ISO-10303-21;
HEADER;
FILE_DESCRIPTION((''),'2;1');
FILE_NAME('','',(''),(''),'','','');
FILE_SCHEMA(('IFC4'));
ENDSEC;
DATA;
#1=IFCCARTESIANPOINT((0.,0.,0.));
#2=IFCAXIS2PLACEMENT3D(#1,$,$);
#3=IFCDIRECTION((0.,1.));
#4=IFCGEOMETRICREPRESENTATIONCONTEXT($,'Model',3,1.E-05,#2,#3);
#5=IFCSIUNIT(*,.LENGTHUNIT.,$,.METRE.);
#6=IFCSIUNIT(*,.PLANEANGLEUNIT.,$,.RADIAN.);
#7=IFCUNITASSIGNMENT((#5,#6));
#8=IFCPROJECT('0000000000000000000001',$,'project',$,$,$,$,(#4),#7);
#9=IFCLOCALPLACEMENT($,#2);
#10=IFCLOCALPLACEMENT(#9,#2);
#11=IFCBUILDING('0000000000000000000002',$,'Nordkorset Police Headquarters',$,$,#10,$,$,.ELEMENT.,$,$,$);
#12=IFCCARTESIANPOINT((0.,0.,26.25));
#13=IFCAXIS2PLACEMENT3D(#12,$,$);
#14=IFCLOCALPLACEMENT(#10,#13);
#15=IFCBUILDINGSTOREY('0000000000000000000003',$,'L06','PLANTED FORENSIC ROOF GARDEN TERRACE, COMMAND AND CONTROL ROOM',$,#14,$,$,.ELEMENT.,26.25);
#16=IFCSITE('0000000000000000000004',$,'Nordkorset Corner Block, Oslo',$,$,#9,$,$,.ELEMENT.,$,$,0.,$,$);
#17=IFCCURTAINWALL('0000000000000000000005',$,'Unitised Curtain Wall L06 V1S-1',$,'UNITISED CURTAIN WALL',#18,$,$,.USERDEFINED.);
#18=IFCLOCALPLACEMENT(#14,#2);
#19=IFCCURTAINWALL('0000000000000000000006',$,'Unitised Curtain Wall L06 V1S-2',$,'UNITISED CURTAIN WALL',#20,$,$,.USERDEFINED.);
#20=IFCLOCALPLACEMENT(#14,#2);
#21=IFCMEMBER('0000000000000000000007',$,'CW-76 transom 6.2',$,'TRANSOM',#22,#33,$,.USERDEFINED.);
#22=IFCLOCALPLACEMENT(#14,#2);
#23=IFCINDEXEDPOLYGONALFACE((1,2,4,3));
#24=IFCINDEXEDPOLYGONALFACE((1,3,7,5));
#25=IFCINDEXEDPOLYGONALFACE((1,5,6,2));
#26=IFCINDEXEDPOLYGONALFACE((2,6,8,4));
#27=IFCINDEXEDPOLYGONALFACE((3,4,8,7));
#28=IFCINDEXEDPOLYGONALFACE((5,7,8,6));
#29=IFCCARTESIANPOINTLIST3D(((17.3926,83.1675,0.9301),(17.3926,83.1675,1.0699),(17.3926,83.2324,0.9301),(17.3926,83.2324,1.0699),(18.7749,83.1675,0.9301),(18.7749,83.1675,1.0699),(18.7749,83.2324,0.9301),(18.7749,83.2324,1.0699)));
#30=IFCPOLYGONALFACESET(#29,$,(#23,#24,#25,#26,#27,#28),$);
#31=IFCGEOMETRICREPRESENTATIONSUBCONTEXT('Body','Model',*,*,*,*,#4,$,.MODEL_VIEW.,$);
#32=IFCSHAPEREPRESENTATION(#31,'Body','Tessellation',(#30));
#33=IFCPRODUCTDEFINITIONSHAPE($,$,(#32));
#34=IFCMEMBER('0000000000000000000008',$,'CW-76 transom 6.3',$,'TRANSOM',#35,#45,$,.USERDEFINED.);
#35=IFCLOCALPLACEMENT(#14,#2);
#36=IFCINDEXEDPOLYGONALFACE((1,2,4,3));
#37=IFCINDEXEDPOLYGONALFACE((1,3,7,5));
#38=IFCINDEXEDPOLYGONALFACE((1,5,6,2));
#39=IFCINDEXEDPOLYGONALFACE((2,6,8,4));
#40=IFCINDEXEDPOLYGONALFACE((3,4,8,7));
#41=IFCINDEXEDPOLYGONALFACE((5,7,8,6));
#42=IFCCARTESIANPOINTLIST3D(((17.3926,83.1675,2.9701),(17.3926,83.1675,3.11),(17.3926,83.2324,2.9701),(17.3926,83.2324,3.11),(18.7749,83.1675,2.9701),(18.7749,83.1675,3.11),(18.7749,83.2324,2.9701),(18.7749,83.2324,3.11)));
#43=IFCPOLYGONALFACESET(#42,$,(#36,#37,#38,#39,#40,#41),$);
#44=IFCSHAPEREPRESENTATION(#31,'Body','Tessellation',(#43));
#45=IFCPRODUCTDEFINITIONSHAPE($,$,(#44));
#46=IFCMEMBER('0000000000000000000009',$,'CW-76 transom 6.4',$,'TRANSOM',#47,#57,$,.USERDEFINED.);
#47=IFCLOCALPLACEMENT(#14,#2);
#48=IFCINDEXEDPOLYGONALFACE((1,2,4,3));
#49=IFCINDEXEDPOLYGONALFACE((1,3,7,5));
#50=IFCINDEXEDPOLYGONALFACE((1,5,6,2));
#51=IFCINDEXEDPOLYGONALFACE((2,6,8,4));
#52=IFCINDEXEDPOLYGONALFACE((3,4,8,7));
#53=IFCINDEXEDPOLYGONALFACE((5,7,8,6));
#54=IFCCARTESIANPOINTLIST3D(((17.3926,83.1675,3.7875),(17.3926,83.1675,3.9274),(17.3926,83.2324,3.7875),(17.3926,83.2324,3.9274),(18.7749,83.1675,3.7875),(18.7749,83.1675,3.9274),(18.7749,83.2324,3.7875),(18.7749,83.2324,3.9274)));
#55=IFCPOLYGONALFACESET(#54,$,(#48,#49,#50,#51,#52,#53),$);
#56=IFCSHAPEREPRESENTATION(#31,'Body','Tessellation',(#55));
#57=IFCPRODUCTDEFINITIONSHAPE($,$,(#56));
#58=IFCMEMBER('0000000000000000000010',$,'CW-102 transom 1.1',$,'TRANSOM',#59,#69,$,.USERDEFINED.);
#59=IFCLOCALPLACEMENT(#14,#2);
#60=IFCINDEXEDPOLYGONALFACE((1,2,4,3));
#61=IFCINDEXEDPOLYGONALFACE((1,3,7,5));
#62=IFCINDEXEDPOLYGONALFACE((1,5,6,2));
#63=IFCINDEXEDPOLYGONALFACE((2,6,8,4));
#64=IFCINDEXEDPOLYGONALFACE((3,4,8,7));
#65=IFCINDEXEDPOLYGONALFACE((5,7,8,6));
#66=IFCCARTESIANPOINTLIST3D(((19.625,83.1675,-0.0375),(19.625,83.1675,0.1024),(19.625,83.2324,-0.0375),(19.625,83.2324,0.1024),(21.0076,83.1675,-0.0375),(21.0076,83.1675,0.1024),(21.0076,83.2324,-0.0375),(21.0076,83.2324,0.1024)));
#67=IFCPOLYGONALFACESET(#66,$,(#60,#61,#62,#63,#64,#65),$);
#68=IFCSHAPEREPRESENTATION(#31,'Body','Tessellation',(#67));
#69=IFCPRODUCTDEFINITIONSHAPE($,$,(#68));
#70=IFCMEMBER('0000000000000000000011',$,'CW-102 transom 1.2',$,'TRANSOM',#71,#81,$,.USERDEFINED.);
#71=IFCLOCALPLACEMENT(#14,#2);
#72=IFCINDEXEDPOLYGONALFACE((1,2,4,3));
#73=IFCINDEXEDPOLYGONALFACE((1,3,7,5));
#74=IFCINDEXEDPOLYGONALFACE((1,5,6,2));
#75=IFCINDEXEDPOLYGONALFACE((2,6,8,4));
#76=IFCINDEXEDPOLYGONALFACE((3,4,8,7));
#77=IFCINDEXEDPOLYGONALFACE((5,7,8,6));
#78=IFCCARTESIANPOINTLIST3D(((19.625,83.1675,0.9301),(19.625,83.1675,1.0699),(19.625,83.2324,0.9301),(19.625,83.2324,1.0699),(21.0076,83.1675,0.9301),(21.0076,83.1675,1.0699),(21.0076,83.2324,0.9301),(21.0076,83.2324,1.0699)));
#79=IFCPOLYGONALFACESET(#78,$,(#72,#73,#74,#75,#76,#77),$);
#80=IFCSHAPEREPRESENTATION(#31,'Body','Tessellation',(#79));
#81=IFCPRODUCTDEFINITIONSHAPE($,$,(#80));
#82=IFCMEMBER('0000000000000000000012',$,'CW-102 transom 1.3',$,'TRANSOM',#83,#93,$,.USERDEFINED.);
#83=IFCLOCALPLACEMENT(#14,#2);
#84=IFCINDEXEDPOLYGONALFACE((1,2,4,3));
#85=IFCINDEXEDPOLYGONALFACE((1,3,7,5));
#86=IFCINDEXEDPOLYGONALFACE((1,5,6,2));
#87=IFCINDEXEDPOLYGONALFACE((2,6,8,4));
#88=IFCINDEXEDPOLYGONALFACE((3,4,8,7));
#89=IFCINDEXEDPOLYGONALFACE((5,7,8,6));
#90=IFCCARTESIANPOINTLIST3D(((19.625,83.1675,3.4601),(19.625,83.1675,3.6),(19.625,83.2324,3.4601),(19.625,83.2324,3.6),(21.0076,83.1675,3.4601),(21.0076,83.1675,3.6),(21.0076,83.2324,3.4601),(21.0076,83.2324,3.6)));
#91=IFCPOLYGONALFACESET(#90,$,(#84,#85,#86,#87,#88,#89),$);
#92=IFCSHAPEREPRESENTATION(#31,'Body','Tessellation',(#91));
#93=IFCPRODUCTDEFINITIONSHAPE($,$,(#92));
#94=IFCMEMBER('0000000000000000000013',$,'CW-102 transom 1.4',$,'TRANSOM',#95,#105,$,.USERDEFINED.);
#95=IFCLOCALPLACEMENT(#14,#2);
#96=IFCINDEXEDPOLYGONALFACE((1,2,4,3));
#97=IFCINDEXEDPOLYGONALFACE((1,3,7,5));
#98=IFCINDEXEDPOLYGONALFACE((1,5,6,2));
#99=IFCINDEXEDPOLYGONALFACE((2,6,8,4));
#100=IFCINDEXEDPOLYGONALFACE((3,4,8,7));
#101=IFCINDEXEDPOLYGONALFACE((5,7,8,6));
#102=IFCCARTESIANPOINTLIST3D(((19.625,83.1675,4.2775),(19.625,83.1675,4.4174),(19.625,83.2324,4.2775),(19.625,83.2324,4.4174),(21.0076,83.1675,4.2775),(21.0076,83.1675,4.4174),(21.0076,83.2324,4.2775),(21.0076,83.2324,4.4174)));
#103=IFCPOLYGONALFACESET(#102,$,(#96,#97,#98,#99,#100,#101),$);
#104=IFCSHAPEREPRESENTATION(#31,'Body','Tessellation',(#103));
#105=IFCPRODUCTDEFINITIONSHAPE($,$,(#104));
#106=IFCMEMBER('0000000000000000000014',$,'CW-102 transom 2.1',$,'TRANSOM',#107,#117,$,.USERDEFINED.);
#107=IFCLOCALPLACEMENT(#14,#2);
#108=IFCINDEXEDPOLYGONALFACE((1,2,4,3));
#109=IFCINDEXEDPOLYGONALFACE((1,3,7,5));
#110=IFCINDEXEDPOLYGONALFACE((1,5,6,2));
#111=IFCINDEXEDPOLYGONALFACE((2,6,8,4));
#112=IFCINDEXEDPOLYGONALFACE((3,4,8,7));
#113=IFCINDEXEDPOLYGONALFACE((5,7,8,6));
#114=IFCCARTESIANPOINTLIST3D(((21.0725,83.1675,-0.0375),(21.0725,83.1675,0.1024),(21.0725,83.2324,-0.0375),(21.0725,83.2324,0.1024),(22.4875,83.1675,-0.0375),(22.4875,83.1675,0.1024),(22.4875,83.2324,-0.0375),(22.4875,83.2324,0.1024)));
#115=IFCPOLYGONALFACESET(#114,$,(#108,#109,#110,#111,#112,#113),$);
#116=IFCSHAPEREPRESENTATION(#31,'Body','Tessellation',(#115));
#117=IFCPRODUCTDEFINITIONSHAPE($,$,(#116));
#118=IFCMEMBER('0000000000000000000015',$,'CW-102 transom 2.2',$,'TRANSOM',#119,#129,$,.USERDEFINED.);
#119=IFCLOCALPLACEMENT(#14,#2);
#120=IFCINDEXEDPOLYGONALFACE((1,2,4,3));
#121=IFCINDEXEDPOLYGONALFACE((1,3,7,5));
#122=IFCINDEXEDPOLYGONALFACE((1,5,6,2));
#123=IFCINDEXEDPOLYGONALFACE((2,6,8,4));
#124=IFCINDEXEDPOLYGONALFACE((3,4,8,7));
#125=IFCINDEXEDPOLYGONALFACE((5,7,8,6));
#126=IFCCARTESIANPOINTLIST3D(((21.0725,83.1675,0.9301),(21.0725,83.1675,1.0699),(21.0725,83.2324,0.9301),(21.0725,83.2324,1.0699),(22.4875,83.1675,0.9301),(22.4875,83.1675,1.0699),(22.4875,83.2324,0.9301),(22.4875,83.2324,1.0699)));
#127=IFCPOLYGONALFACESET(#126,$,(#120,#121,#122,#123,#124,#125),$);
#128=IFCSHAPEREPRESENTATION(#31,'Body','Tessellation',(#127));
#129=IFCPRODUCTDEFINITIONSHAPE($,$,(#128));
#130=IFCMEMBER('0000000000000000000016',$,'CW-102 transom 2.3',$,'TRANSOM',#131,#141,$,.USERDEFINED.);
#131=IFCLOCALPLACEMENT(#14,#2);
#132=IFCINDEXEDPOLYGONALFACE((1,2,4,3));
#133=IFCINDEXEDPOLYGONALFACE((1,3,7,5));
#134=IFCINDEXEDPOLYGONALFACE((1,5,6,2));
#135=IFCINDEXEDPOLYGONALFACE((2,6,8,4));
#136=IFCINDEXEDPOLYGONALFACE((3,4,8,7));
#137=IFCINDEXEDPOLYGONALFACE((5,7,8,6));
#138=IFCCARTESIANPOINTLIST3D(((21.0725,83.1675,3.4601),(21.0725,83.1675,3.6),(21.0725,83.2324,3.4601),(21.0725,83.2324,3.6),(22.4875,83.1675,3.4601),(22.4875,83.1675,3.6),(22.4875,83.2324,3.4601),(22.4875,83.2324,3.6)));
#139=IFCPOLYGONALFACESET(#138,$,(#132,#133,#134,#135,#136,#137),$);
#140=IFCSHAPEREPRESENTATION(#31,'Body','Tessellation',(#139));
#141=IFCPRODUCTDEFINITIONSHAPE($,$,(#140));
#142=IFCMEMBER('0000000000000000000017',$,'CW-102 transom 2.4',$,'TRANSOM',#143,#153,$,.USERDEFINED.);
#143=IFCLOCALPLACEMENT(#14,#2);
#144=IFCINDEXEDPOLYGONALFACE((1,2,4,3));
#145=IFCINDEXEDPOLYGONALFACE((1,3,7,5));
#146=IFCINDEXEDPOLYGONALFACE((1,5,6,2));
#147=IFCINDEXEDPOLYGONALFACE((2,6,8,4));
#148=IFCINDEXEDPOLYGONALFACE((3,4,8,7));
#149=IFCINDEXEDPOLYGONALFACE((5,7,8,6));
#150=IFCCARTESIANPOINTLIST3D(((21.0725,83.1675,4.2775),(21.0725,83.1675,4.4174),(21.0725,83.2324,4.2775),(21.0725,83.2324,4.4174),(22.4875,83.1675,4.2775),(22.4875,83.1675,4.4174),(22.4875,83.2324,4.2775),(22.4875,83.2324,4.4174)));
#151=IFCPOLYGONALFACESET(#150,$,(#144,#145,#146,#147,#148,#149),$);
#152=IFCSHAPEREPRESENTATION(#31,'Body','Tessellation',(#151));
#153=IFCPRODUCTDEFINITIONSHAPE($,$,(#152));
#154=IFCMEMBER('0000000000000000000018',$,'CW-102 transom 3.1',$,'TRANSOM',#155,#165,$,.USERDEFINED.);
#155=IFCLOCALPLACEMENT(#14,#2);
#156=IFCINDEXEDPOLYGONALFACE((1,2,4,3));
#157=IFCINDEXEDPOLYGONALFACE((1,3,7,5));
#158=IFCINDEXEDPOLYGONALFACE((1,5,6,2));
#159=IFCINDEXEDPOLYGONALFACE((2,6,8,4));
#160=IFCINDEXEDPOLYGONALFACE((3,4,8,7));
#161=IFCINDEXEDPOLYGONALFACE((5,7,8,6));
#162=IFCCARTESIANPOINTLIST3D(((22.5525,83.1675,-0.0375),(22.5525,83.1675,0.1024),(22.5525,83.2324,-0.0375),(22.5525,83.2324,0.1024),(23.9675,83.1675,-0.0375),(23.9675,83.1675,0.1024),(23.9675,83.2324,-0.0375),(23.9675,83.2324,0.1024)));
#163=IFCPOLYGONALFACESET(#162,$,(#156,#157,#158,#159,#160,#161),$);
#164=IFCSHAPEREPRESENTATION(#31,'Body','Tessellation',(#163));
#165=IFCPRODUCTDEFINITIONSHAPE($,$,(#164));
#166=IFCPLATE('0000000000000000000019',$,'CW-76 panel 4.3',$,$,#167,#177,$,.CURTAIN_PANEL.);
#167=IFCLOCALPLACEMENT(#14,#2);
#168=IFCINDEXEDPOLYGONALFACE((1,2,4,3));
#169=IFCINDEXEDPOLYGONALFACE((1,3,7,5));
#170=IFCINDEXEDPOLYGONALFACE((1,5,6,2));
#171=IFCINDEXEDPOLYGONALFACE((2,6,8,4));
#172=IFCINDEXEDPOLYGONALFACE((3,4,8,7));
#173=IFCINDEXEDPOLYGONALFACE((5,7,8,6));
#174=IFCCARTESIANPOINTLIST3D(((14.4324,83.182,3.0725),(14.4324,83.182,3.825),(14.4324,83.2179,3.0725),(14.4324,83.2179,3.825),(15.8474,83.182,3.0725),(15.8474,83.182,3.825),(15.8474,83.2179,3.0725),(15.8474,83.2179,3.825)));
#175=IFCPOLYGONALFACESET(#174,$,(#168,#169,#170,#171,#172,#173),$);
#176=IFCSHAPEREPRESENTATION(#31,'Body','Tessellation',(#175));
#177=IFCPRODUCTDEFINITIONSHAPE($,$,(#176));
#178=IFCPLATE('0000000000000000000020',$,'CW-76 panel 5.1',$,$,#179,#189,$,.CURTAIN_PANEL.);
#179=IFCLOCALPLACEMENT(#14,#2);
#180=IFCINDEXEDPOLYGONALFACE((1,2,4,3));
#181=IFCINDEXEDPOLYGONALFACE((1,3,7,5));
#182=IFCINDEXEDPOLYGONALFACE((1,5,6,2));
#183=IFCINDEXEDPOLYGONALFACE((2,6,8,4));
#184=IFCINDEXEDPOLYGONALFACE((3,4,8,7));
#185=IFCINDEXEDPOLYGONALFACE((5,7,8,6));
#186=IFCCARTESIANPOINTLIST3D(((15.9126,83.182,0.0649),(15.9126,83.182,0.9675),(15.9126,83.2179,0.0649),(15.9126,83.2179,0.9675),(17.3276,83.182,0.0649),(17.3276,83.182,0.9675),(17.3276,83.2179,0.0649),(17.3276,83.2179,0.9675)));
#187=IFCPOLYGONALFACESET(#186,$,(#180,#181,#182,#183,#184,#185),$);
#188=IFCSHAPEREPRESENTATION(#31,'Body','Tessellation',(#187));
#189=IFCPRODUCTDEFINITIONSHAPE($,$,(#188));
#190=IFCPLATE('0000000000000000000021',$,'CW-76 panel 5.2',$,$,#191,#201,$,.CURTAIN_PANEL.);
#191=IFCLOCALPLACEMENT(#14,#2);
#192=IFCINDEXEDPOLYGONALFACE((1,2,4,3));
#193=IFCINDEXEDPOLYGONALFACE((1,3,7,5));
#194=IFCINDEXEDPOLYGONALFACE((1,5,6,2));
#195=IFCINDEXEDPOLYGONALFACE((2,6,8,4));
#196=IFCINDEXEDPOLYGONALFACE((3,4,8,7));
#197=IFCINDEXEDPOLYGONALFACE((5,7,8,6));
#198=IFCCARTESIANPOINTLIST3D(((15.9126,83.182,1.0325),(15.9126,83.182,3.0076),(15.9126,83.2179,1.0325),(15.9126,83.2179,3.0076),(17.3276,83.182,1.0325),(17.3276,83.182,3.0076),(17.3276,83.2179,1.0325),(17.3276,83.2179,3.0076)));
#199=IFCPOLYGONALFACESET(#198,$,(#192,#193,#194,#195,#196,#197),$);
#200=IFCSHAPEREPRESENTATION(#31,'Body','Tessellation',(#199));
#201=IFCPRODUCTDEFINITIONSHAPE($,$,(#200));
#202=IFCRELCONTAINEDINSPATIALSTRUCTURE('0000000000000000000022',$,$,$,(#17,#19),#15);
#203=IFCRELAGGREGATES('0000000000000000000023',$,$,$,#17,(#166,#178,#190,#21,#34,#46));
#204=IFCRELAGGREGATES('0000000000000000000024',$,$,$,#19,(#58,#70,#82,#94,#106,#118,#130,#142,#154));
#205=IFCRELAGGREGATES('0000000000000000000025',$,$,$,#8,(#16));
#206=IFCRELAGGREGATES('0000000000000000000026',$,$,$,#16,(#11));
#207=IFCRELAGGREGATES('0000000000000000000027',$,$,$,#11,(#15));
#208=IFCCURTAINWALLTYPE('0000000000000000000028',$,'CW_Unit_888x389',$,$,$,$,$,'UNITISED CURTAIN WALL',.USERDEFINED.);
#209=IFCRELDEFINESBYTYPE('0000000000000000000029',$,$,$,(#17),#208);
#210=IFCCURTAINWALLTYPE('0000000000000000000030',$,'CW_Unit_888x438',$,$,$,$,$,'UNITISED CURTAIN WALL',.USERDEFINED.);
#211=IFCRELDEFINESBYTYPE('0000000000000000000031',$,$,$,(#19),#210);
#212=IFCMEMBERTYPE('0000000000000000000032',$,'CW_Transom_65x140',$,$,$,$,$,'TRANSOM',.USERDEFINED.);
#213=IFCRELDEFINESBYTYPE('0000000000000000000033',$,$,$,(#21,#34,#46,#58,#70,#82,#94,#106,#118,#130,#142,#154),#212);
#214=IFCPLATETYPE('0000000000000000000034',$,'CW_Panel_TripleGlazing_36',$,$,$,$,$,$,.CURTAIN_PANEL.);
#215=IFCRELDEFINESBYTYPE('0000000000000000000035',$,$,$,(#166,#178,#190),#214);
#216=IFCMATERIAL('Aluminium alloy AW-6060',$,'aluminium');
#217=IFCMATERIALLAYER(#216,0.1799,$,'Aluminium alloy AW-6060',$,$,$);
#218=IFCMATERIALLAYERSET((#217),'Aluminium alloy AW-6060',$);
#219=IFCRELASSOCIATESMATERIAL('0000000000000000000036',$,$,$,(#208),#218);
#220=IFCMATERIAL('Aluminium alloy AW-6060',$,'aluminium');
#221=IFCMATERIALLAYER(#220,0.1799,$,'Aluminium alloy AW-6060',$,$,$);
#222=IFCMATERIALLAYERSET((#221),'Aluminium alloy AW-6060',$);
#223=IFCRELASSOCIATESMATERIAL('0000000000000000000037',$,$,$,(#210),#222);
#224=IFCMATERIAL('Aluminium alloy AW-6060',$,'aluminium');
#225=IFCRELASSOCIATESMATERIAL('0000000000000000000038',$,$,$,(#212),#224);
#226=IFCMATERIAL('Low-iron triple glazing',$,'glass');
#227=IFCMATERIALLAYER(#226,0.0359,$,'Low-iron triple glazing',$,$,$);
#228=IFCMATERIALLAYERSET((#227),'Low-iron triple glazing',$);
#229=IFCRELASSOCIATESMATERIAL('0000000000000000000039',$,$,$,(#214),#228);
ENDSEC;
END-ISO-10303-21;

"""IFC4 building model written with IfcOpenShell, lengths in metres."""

from ifc_helpers import new_model, si_unit, direction, frame, origin, origin_2d, place, context, subcontext, project, spatial, rectangle, extrude, material, layer, layer_set, material_profile, profile_set, type_object, element, aggregate, save


model = new_model("IFC4")

# Units and contexts
model_context = context("Model", 3, precision=1e-05, world=origin(), true_north=direction((0.0, 1.0)))
body_context = subcontext(model_context, "Body", "Model", "MODEL_VIEW")
ifc_project = project(units=[si_unit("LENGTHUNIT", "METRE"), si_unit("PLANEANGLEUNIT", "RADIAN")], contexts=[model_context])

# Site, building, storey
site_placement = place(None, origin())
site = spatial("IfcSite", under=ifc_project, at=site_placement, Name="Nordkorset Corner Block, Oslo", CompositionType="ELEMENT", RefElevation=0.0)
building_placement = place(site_placement, origin())
building = spatial("IfcBuilding", under=site, at=building_placement, Name="Nordkorset Police Headquarters", CompositionType="ELEMENT")
storey_placement = place(building_placement, frame((0.0, 0.0, 26.25)))
storey = spatial("IfcBuildingStorey", under=building, at=storey_placement, Name="L06", Description="PLANTED FORENSIC ROOF GARDEN TERRACE, COMMAND AND CONTROL ROOM", CompositionType="ELEMENT", Elevation=26.25)

# Curtain walls
ifc_material_1 = material(Name="Aluminium alloy AW-6060", Category="aluminium")
ifc_layer_1 = layer(ifc_material_1, 0.1799, Name="Aluminium alloy AW-6060")
ifc_layer_set_1 = layer_set([ifc_layer_1], Name="Aluminium alloy AW-6060")
curtain_wall_type_1 = type_object("IfcCurtainWallType", Name="CW_Unit_888x389", ElementType="UNITISED CURTAIN WALL", PredefinedType="USERDEFINED", material=ifc_layer_set_1)
curtain_wall_1_placement = place(storey_placement, origin())
curtain_wall_1 = element("IfcCurtainWall", 1, at=curtain_wall_1_placement, inside=storey, type_object=curtain_wall_type_1, Name="Unitised Curtain Wall L06 V1S-1", ObjectType="UNITISED CURTAIN WALL", PredefinedType="USERDEFINED")
ifc_material_2 = material(Name="Aluminium alloy AW-6060", Category="aluminium")
ifc_layer_2 = layer(ifc_material_2, 0.1799, Name="Aluminium alloy AW-6060")
ifc_layer_set_2 = layer_set([ifc_layer_2], Name="Aluminium alloy AW-6060")
curtain_wall_type_2 = type_object("IfcCurtainWallType", Name="CW_Unit_888x438", ElementType="UNITISED CURTAIN WALL", PredefinedType="USERDEFINED", material=ifc_layer_set_2)
curtain_wall_2_placement = place(storey_placement, origin())
curtain_wall_2 = element("IfcCurtainWall", 2, at=curtain_wall_2_placement, inside=storey, type_object=curtain_wall_type_2, Name="Unitised Curtain Wall L06 V1S-2", ObjectType="UNITISED CURTAIN WALL", PredefinedType="USERDEFINED")

# Members
ifc_material_3 = material(Name="Aluminium alloy AW-6060", Category="aluminium")
ifc_material_profile_1 = material_profile(ifc_material_3, rectangle(XDim=0.0649, YDim=0.1399, at=origin_2d()), Name="ALU TRAN 65x140")
ifc_profile_set_1 = profile_set([ifc_material_profile_1], Name="Aluminium alloy AW-6060")
member_type_1 = type_object("IfcMemberType", Name="CW_Transom_65x140", ElementType="TRANSOM", PredefinedType="USERDEFINED", material=ifc_profile_set_1)
member_1_placement = place(storey_placement, frame((17.3926, 83.2, 1.0), z_axis=(1.0, 0.0, 0.0), x_axis=(0.0, 1.0, 0.0)))
member_1 = element("IfcMember", 3, at=member_1_placement, type_object=member_type_1, Name="CW-76 transom 6.2", ObjectType="TRANSOM", PredefinedType="USERDEFINED", context=body_context, shape_type="SweptSolid", body=[
    extrude(rectangle(XDim=0.0649, YDim=0.1399, at=origin_2d()), origin(), (0.0, 0.0, 1.0), 1.3823),
])
member_2_placement = place(storey_placement, frame((17.3926, 83.2, 3.04), z_axis=(1.0, 0.0, 0.0), x_axis=(0.0, 1.0, 0.0)))
member_2 = element("IfcMember", 4, at=member_2_placement, type_object=member_type_1, Name="CW-76 transom 6.3", ObjectType="TRANSOM", PredefinedType="USERDEFINED", context=body_context, shape_type="SweptSolid", body=[
    extrude(rectangle(XDim=0.0649, YDim=0.1399, at=origin_2d()), origin(), (0.0, 0.0, 1.0), 1.3823),
])
member_3_placement = place(storey_placement, frame((17.3926, 83.2, 3.8574), z_axis=(1.0, 0.0, 0.0), x_axis=(0.0, 1.0, 0.0)))
member_3 = element("IfcMember", 5, at=member_3_placement, type_object=member_type_1, Name="CW-76 transom 6.4", ObjectType="TRANSOM", PredefinedType="USERDEFINED", context=body_context, shape_type="SweptSolid", body=[
    extrude(rectangle(XDim=0.0649, YDim=0.1399, at=origin_2d()), origin(), (0.0, 0.0, 1.0), 1.3823),
])
member_4_placement = place(storey_placement, frame((19.625, 83.2, 0.0325), z_axis=(1.0, 0.0, 0.0), x_axis=(0.0, 1.0, 0.0)))
member_4 = element("IfcMember", 6, at=member_4_placement, type_object=member_type_1, Name="CW-102 transom 1.1", ObjectType="TRANSOM", PredefinedType="USERDEFINED", context=body_context, shape_type="SweptSolid", body=[
    extrude(rectangle(XDim=0.0649, YDim=0.1399, at=origin_2d()), origin(), (0.0, 0.0, 1.0), 1.3826),
])
member_5_placement = place(storey_placement, frame((19.625, 83.2, 1.0), z_axis=(1.0, 0.0, 0.0), x_axis=(0.0, 1.0, 0.0)))
member_5 = element("IfcMember", 7, at=member_5_placement, type_object=member_type_1, Name="CW-102 transom 1.2", ObjectType="TRANSOM", PredefinedType="USERDEFINED", context=body_context, shape_type="SweptSolid", body=[
    extrude(rectangle(XDim=0.0649, YDim=0.1399, at=origin_2d()), origin(), (0.0, 0.0, 1.0), 1.3826),
])
member_6_placement = place(storey_placement, frame((19.625, 83.2, 3.53), z_axis=(1.0, 0.0, 0.0), x_axis=(0.0, 1.0, 0.0)))
member_6 = element("IfcMember", 8, at=member_6_placement, type_object=member_type_1, Name="CW-102 transom 1.3", ObjectType="TRANSOM", PredefinedType="USERDEFINED", context=body_context, shape_type="SweptSolid", body=[
    extrude(rectangle(XDim=0.0649, YDim=0.1399, at=origin_2d()), origin(), (0.0, 0.0, 1.0), 1.3826),
])
member_7_placement = place(storey_placement, frame((19.625, 83.2, 4.3474), z_axis=(1.0, 0.0, 0.0), x_axis=(0.0, 1.0, 0.0)))
member_7 = element("IfcMember", 9, at=member_7_placement, type_object=member_type_1, Name="CW-102 transom 1.4", ObjectType="TRANSOM", PredefinedType="USERDEFINED", context=body_context, shape_type="SweptSolid", body=[
    extrude(rectangle(XDim=0.0649, YDim=0.1399, at=origin_2d()), origin(), (0.0, 0.0, 1.0), 1.3826),
])
member_8_placement = place(storey_placement, frame((21.0725, 83.2, 0.0325), z_axis=(1.0, 0.0, 0.0), x_axis=(0.0, 1.0, 0.0)))
member_8 = element("IfcMember", 10, at=member_8_placement, type_object=member_type_1, Name="CW-102 transom 2.1", ObjectType="TRANSOM", PredefinedType="USERDEFINED", context=body_context, shape_type="SweptSolid", body=[
    extrude(rectangle(XDim=0.0649, YDim=0.1399, at=origin_2d()), origin(), (0.0, 0.0, 1.0), 1.415),
])
member_9_placement = place(storey_placement, frame((21.0725, 83.2, 1.0), z_axis=(1.0, 0.0, 0.0), x_axis=(0.0, 1.0, 0.0)))
member_9 = element("IfcMember", 11, at=member_9_placement, type_object=member_type_1, Name="CW-102 transom 2.2", ObjectType="TRANSOM", PredefinedType="USERDEFINED", context=body_context, shape_type="SweptSolid", body=[
    extrude(rectangle(XDim=0.0649, YDim=0.1399, at=origin_2d()), origin(), (0.0, 0.0, 1.0), 1.415),
])
member_10_placement = place(storey_placement, frame((21.0725, 83.2, 3.53), z_axis=(1.0, 0.0, 0.0), x_axis=(0.0, 1.0, 0.0)))
member_10 = element("IfcMember", 12, at=member_10_placement, type_object=member_type_1, Name="CW-102 transom 2.3", ObjectType="TRANSOM", PredefinedType="USERDEFINED", context=body_context, shape_type="SweptSolid", body=[
    extrude(rectangle(XDim=0.0649, YDim=0.1399, at=origin_2d()), origin(), (0.0, 0.0, 1.0), 1.415),
])
member_11_placement = place(storey_placement, frame((21.0725, 83.2, 4.3474), z_axis=(1.0, 0.0, 0.0), x_axis=(0.0, 1.0, 0.0)))
member_11 = element("IfcMember", 13, at=member_11_placement, type_object=member_type_1, Name="CW-102 transom 2.4", ObjectType="TRANSOM", PredefinedType="USERDEFINED", context=body_context, shape_type="SweptSolid", body=[
    extrude(rectangle(XDim=0.0649, YDim=0.1399, at=origin_2d()), origin(), (0.0, 0.0, 1.0), 1.415),
])
member_12_placement = place(storey_placement, frame((22.5525, 83.2, 0.0325), z_axis=(1.0, 0.0, 0.0), x_axis=(0.0, 1.0, 0.0)))
member_12 = element("IfcMember", 14, at=member_12_placement, type_object=member_type_1, Name="CW-102 transom 3.1", ObjectType="TRANSOM", PredefinedType="USERDEFINED", context=body_context, shape_type="SweptSolid", body=[
    extrude(rectangle(XDim=0.0649, YDim=0.1399, at=origin_2d()), origin(), (0.0, 0.0, 1.0), 1.415),
])

# Plates
ifc_material_4 = material(Name="Low-iron triple glazing", Category="glass")
ifc_layer_3 = layer(ifc_material_4, 0.0359, Name="Low-iron triple glazing")
ifc_layer_set_3 = layer_set([ifc_layer_3], Name="Low-iron triple glazing")
plate_type = type_object("IfcPlateType", Name="CW_Panel_TripleGlazing_36", PredefinedType="CURTAIN_PANEL", material=ifc_layer_set_3)
plate_1_placement = place(storey_placement, frame((15.1399, 83.2, 3.0725), z_axis=(0.0, 0.0, 1.0), x_axis=(1.0, 0.0, 0.0)))
plate_1 = element("IfcPlate", 15, at=plate_1_placement, type_object=plate_type, Name="CW-76 panel 4.3", PredefinedType="CURTAIN_PANEL", context=body_context, shape_type="SweptSolid", body=[
    extrude(rectangle(XDim=1.415, YDim=0.0359, at=origin_2d()), origin(), (0.0, 0.0, 1.0), 0.7524),
])
plate_2_placement = place(storey_placement, frame((16.6201, 83.2, 0.0649), z_axis=(0.0, 0.0, 1.0), x_axis=(1.0, 0.0, 0.0)))
plate_2 = element("IfcPlate", 16, at=plate_2_placement, type_object=plate_type, Name="CW-76 panel 5.1", PredefinedType="CURTAIN_PANEL", context=body_context, shape_type="SweptSolid", body=[
    extrude(rectangle(XDim=1.415, YDim=0.0359, at=origin_2d()), origin(), (0.0, 0.0, 1.0), 0.9026),
])
plate_3_placement = place(storey_placement, frame((16.6201, 83.2, 1.0325), z_axis=(0.0, 0.0, 1.0), x_axis=(1.0, 0.0, 0.0)))
plate_3 = element("IfcPlate", 17, at=plate_3_placement, type_object=plate_type, Name="CW-76 panel 5.2", PredefinedType="CURTAIN_PANEL", context=body_context, shape_type="SweptSolid", body=[
    extrude(rectangle(XDim=1.415, YDim=0.0359, at=origin_2d()), origin(), (0.0, 0.0, 1.0), 1.9751),
])
aggregate(curtain_wall_1, [plate_1, plate_2, plate_3, member_1, member_2, member_3])
aggregate(curtain_wall_2, [member_4, member_5, member_6, member_7, member_8, member_9, member_10, member_11, member_12])

save(model, "model.ifc")
